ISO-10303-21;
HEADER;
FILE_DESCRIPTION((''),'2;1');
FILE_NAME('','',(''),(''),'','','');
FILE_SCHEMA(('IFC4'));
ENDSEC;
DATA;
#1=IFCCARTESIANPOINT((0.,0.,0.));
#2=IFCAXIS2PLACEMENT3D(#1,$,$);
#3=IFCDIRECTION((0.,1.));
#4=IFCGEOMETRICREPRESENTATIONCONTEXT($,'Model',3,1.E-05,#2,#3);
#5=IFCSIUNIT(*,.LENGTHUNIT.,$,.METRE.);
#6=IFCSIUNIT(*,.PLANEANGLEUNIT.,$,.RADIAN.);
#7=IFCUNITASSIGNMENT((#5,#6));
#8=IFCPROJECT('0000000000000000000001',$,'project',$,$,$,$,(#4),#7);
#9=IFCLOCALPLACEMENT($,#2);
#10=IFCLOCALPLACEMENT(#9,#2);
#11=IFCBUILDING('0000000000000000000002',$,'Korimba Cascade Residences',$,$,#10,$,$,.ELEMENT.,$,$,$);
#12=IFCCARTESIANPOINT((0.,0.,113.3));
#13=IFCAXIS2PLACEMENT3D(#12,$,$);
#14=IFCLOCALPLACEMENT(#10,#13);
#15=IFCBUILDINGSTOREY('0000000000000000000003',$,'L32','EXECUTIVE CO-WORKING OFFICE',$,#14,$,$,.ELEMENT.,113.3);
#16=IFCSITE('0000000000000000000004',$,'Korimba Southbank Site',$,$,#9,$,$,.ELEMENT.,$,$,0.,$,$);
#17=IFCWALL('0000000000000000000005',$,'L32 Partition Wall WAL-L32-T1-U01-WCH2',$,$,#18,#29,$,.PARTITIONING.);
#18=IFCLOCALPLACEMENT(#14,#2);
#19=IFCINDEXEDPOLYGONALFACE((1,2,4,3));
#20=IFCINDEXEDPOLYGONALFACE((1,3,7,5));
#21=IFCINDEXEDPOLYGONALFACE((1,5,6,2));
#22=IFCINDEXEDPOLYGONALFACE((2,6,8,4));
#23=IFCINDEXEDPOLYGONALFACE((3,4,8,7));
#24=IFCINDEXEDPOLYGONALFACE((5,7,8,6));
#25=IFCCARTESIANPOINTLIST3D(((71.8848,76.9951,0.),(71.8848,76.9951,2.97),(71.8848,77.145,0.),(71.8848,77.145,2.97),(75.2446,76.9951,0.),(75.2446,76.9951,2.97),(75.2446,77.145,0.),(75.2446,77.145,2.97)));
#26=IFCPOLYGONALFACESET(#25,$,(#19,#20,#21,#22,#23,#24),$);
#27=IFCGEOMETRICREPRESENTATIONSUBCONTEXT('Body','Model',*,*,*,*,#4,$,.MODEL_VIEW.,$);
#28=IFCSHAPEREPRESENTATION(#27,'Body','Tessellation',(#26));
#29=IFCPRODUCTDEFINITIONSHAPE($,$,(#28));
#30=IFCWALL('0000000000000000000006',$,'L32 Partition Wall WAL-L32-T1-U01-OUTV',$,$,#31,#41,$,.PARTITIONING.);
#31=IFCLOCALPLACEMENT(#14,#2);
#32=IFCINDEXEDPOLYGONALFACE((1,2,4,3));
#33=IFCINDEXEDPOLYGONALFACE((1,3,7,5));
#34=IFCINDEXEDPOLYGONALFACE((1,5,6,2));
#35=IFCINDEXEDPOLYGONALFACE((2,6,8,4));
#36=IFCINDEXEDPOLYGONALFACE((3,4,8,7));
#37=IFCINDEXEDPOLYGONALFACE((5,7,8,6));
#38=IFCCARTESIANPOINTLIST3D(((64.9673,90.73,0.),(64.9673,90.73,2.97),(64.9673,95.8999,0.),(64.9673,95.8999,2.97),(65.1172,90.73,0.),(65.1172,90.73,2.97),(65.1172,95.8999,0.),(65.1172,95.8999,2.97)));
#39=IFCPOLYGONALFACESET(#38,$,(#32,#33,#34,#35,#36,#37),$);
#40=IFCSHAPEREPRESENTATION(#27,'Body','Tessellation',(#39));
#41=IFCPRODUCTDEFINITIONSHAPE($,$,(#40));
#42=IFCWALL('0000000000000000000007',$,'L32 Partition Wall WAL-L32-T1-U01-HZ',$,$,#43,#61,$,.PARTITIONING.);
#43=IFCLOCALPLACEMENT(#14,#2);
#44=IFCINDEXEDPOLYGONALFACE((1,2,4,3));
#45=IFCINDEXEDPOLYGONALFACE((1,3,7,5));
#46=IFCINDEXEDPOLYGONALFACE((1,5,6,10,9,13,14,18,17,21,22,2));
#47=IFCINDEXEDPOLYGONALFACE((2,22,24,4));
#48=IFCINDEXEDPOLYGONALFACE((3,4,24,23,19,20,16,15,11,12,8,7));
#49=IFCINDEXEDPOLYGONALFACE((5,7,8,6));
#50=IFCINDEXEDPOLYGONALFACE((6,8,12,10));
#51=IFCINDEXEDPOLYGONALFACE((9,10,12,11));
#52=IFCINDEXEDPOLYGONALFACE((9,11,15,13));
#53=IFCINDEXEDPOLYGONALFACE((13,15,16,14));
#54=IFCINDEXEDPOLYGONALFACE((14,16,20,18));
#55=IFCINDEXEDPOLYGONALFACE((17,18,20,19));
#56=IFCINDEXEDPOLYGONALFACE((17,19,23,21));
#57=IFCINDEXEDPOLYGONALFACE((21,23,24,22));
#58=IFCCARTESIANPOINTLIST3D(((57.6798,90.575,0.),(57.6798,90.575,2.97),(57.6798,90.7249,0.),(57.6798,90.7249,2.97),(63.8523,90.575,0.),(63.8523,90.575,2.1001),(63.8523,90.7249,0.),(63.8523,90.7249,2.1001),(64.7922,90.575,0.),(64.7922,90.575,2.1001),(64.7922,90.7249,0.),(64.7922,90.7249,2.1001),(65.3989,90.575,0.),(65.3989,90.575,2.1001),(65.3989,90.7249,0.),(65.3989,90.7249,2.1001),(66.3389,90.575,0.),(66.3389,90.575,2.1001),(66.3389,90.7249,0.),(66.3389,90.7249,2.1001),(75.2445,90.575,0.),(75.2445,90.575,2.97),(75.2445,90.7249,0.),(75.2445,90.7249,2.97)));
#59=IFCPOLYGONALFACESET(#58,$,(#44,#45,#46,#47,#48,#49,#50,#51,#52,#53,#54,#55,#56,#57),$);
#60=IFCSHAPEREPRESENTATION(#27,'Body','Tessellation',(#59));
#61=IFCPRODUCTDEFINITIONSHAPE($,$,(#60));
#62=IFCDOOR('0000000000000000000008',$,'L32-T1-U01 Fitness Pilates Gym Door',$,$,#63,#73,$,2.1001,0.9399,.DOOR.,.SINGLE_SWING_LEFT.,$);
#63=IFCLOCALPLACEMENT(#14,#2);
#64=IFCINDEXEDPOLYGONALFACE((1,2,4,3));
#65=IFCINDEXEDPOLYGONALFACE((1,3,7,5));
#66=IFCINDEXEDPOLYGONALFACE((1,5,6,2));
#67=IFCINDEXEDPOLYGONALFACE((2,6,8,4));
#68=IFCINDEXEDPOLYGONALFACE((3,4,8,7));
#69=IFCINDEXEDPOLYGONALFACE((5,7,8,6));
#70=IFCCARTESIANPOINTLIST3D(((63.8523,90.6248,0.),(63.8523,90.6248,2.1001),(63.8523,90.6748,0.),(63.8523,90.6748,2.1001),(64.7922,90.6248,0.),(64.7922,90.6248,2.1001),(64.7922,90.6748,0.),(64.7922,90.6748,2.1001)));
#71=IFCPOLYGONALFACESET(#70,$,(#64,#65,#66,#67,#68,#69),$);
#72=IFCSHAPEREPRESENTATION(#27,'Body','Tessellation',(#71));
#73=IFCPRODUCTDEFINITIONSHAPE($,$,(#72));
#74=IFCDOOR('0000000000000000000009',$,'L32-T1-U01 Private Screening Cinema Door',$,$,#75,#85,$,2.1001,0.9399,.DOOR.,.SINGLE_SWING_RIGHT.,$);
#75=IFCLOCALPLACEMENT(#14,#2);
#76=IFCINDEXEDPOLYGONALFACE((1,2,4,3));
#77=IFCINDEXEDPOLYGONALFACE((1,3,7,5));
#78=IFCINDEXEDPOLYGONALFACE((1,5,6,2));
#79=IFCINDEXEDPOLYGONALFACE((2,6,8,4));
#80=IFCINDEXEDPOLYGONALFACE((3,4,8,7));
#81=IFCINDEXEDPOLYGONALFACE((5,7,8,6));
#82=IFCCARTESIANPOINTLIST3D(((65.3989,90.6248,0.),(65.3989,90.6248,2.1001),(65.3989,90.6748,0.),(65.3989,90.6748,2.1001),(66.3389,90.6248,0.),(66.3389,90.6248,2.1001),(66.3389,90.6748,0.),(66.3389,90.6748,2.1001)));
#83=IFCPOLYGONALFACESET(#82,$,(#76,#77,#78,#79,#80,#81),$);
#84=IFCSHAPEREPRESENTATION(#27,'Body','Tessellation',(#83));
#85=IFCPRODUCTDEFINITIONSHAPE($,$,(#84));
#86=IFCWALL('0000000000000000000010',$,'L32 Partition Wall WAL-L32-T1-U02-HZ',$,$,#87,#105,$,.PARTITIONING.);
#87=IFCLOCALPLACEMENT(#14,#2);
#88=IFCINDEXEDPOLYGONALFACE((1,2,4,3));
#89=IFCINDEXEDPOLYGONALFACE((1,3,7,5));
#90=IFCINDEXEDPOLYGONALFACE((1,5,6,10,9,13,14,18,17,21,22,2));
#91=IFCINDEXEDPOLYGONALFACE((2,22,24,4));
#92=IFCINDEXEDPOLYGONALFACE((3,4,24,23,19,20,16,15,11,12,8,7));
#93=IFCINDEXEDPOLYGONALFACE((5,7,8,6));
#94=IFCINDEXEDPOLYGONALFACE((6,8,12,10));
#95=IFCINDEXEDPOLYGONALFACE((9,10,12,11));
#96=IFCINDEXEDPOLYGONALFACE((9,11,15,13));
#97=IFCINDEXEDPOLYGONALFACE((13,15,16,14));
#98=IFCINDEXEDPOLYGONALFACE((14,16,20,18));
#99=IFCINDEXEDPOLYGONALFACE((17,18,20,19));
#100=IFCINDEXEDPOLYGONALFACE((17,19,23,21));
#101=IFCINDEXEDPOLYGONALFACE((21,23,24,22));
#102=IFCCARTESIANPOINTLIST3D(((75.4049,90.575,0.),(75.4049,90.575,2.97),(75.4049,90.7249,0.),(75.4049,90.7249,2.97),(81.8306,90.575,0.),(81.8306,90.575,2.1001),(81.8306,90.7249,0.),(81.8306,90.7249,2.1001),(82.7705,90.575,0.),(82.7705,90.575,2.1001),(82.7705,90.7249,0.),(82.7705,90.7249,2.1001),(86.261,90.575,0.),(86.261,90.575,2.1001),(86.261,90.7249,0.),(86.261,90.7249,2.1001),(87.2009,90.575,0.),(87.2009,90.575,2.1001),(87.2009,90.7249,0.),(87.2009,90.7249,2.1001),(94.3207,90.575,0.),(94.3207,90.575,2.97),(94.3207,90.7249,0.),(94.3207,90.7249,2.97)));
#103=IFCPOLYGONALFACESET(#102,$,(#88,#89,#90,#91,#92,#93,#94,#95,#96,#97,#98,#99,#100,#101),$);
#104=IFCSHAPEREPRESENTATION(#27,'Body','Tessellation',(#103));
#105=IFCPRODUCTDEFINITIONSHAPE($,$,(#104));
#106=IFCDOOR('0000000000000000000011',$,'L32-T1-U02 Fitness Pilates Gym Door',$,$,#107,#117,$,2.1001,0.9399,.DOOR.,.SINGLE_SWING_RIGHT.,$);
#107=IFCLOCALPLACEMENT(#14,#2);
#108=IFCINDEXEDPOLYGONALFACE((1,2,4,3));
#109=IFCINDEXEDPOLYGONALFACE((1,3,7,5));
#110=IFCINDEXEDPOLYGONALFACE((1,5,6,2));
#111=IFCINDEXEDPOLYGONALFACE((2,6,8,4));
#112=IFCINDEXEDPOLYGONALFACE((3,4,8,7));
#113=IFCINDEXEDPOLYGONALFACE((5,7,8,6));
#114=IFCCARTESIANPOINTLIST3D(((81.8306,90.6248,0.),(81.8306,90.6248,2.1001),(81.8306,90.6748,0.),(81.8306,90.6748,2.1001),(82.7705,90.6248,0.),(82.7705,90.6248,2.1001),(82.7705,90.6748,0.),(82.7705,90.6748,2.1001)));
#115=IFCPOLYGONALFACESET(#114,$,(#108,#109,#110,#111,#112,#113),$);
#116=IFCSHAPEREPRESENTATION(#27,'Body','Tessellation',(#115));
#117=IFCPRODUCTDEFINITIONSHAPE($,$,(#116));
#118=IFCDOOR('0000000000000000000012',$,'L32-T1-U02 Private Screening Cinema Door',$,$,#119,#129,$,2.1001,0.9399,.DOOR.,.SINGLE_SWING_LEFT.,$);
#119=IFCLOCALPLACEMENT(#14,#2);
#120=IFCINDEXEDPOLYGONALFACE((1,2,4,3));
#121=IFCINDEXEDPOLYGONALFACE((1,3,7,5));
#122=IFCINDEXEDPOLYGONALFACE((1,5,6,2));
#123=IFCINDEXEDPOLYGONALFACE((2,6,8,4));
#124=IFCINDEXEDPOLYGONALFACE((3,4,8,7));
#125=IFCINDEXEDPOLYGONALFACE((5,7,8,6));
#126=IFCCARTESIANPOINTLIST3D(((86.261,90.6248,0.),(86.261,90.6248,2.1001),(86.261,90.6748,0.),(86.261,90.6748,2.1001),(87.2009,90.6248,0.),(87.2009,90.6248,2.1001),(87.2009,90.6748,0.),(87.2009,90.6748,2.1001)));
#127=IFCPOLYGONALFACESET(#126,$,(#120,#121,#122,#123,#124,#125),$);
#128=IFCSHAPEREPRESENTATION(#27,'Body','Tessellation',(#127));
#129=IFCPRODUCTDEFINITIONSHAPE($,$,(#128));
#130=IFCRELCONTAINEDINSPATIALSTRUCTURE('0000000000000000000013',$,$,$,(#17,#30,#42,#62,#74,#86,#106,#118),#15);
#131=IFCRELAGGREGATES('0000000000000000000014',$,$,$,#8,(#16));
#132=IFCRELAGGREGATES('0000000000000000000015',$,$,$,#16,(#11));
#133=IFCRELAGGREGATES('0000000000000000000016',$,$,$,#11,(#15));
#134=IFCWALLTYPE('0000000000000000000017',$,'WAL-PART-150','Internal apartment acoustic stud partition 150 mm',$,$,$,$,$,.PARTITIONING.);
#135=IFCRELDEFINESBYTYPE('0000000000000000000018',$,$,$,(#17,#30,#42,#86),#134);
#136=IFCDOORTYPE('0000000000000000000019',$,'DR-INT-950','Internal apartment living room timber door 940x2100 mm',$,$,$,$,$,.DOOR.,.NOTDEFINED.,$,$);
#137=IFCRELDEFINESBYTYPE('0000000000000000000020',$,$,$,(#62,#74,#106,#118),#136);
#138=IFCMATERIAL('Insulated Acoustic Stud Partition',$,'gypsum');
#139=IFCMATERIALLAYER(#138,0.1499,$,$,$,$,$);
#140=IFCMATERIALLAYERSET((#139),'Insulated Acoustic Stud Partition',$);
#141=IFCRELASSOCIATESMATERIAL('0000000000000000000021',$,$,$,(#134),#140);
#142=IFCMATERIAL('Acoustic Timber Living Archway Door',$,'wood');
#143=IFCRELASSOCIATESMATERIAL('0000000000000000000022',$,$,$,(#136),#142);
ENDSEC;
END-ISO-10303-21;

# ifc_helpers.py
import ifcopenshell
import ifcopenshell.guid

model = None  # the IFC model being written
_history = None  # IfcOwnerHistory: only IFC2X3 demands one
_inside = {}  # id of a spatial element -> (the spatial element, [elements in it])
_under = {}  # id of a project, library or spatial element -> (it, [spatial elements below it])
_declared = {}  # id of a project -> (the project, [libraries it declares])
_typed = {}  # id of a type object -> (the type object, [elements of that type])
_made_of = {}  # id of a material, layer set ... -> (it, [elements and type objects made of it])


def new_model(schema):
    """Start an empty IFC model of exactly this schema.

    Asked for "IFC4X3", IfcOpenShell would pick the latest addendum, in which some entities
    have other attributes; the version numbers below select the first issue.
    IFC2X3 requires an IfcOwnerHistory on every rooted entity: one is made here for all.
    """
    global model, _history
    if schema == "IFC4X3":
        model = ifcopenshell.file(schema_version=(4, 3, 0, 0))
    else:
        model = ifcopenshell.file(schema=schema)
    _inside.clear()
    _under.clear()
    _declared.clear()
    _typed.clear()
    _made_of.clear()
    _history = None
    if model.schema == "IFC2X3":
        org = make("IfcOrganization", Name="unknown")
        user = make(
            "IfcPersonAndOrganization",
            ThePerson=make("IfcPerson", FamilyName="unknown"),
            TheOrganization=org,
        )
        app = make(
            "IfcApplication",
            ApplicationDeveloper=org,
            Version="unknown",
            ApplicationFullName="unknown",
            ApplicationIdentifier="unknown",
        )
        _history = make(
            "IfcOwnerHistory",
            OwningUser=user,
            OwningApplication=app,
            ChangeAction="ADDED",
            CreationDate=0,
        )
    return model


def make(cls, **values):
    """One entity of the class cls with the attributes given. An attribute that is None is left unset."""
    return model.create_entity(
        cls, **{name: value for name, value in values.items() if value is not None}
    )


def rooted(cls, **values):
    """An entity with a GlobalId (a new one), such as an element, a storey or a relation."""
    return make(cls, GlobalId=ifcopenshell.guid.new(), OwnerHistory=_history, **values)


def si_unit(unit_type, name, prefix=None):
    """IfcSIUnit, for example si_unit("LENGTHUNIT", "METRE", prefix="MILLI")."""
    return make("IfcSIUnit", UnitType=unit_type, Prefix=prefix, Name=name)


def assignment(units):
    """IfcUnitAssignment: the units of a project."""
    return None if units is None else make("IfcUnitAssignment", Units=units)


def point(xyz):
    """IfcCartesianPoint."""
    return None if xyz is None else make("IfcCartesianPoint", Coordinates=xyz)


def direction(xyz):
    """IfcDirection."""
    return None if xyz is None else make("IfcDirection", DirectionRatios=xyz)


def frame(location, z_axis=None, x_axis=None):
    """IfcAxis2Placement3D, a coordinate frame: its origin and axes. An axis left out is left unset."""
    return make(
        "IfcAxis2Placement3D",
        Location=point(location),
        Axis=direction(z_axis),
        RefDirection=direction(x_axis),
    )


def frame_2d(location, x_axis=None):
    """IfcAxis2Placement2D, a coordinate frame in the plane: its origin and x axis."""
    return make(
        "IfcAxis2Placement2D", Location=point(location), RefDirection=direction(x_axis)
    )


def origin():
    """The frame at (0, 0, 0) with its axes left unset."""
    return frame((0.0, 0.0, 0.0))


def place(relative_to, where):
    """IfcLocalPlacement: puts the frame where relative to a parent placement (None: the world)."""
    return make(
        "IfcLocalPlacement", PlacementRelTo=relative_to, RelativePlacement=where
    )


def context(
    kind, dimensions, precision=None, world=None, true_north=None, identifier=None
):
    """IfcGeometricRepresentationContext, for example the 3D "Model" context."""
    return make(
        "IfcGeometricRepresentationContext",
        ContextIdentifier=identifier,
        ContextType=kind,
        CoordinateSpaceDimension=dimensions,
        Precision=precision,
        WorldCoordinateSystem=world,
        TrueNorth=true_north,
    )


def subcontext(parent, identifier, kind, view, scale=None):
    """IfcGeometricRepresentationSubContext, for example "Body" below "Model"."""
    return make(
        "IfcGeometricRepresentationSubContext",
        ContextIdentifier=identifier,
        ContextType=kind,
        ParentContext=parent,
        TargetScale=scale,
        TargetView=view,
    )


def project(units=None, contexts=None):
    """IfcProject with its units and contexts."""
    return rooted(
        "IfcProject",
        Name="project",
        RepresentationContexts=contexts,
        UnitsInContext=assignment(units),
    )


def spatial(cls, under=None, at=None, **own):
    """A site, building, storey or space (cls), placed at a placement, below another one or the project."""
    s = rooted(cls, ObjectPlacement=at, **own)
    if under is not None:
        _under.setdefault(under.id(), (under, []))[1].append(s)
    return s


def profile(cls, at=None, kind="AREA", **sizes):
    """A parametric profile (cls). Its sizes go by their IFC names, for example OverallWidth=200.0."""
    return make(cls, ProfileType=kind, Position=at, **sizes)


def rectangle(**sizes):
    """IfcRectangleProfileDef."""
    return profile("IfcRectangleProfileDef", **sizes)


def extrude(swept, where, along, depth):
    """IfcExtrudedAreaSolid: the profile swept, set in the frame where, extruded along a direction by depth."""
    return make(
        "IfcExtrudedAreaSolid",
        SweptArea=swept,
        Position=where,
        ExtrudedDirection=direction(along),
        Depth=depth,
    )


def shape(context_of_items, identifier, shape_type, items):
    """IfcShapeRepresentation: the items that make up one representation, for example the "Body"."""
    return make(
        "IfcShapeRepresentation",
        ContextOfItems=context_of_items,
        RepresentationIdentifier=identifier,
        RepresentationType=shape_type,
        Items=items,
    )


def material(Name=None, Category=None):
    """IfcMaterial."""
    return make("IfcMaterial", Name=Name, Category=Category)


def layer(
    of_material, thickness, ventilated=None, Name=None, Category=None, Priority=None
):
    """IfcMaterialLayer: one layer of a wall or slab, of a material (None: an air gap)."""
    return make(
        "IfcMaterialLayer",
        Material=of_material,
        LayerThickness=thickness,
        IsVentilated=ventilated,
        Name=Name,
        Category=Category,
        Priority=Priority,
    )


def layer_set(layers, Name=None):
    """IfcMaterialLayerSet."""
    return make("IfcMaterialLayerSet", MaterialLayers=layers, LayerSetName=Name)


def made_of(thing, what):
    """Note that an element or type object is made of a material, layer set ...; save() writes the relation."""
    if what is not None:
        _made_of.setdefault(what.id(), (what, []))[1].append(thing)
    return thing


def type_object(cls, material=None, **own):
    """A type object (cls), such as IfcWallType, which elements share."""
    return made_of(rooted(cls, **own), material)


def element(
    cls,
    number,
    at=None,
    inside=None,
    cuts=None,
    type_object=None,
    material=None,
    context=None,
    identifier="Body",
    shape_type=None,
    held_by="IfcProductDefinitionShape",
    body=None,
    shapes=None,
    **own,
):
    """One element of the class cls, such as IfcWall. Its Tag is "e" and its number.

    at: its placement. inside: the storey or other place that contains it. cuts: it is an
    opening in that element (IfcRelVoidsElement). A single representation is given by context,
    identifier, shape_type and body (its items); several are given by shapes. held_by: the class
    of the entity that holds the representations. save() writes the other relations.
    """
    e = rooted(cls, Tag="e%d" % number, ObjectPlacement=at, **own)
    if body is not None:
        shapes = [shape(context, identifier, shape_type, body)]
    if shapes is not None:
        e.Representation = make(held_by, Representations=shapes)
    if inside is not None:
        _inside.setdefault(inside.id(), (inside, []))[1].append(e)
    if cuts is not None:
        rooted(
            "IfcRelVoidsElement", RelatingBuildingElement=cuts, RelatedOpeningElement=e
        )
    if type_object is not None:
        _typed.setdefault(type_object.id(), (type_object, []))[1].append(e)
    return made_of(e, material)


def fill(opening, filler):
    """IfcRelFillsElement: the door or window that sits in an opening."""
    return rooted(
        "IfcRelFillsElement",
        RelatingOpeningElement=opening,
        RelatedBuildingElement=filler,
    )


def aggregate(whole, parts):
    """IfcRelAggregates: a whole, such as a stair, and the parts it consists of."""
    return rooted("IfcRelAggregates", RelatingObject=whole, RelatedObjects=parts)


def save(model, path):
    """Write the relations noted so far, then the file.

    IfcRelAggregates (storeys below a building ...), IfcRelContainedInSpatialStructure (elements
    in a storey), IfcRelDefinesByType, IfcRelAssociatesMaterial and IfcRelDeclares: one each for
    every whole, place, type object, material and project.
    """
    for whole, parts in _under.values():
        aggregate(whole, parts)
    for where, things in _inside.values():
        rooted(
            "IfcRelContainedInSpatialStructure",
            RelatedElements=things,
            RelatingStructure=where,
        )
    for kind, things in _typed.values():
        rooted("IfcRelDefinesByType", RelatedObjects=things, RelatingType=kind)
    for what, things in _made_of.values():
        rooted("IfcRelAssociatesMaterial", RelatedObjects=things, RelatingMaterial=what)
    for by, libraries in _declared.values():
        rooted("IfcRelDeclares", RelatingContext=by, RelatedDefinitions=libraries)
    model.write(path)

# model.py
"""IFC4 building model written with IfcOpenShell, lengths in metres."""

from ifc_helpers import new_model, si_unit, direction, frame, frame_2d, origin, place, context, subcontext, project, spatial, rectangle, extrude, material, layer, layer_set, type_object, element, fill, save


model = new_model("IFC4")

# Units and contexts
model_context = context("Model", 3, precision=1e-05, world=origin(), true_north=direction((0.0, 1.0)))
body_context = subcontext(model_context, "Body", "Model", "MODEL_VIEW")
ifc_project = project(units=[si_unit("LENGTHUNIT", "METRE"), si_unit("PLANEANGLEUNIT", "RADIAN")], contexts=[model_context])

# Site, building, storey
site_placement = place(None, origin())
site = spatial("IfcSite", under=ifc_project, at=site_placement, Name="Korimba Southbank Site", CompositionType="ELEMENT", RefElevation=0.0)
building_placement = place(site_placement, origin())
building = spatial("IfcBuilding", under=site, at=building_placement, Name="Korimba Cascade Residences", CompositionType="ELEMENT")
storey_placement = place(building_placement, frame((0.0, 0.0, 113.3)))
storey = spatial("IfcBuildingStorey", under=building, at=storey_placement, Name="L32", Description="EXECUTIVE CO-WORKING OFFICE", CompositionType="ELEMENT", Elevation=113.3)

# Walls
ifc_material_1 = material(Name="Insulated Acoustic Stud Partition", Category="gypsum")
ifc_layer_1 = layer(ifc_material_1, 0.1499)
ifc_layer_set_1 = layer_set([ifc_layer_1], Name="Insulated Acoustic Stud Partition")
wall_type_1 = type_object("IfcWallType", Name="WAL-PART-150", Description="Internal apartment acoustic stud partition 150 mm", PredefinedType="PARTITIONING", material=ifc_layer_set_1)
for number, where, z_axis, x_axis, name in (
    (1, (71.8848, 77.0701, 0.0), (0.0, 0.0, 1.0), (1.0, 0.0, 0.0), "L32 Partition Wall WAL-L32-T1-U01-WCH2"),
):
    element("IfcWall", number, at=place(storey_placement, frame(where, z_axis=z_axis, x_axis=x_axis)), inside=storey, type_object=wall_type_1, Name=name, PredefinedType="PARTITIONING", context=body_context, shape_type="SweptSolid", body=[
        extrude(rectangle(XDim=3.3599, YDim=0.1499, at=frame_2d((1.6799, 0.0))), origin(), (0.0, 0.0, 1.0), 2.97),
    ])
wall_1_placement = place(storey_placement, frame((65.0422, 90.73, 0.0), z_axis=(0.0, 0.0, 1.0), x_axis=(0.0, 1.0, 0.0)))
element("IfcWall", 2, at=wall_1_placement, inside=storey, type_object=wall_type_1, Name="L32 Partition Wall WAL-L32-T1-U01-OUTV", PredefinedType="PARTITIONING", context=body_context, shape_type="SweptSolid", body=[
    extrude(rectangle(XDim=5.1699, YDim=0.1499, at=frame_2d((2.585, 0.0))), origin(), (0.0, 0.0, 1.0), 2.97),
])

# Walls, openings, doors
wall_2_placement = place(storey_placement, frame((57.6799, 90.6499, 0.0), z_axis=(0.0, 0.0, 1.0), x_axis=(1.0, 0.0, 0.0)))
wall_2 = element("IfcWall", 3, at=wall_2_placement, inside=storey, type_object=wall_type_1, Name="L32 Partition Wall WAL-L32-T1-U01-HZ", PredefinedType="PARTITIONING", context=body_context, shape_type="SweptSolid", body=[
    extrude(rectangle(XDim=17.5647, YDim=0.1499, at=frame_2d((8.7822, 0.0))), origin(), (0.0, 0.0, 1.0), 2.97),
])
opening_1_placement = place(wall_2_placement, frame((6.1724, 0.0, 0.0)))
opening_1 = element("IfcOpeningElement", 4, at=opening_1_placement, cuts=wall_2, PredefinedType="OPENING", context=body_context, shape_type="SweptSolid", body=[
    extrude(rectangle(XDim=0.9399, YDim=2.1001, at=frame_2d((0.47, 1.05))), frame((0.0, 0.085, 0.0), z_axis=(0.0, -1.0, 0.0), x_axis=(1.0, 0.0, 0.0)), (0.0, 0.0, 1.0), 0.1699),
])
opening_2_placement = place(wall_2_placement, frame((7.719, 0.0, 0.0)))
opening_2 = element("IfcOpeningElement", 5, at=opening_2_placement, cuts=wall_2, PredefinedType="OPENING", context=body_context, shape_type="SweptSolid", body=[
    extrude(rectangle(XDim=0.9399, YDim=2.1001, at=frame_2d((0.47, 1.05))), frame((0.0, 0.085, 0.0), z_axis=(0.0, -1.0, 0.0), x_axis=(1.0, 0.0, 0.0)), (0.0, 0.0, 1.0), 0.1699),
])
ifc_material_2 = material(Name="Acoustic Timber Living Archway Door", Category="wood")
door_type = type_object("IfcDoorType", Name="DR-INT-950", Description="Internal apartment living room timber door 940x2100 mm", OperationType="NOTDEFINED", PredefinedType="DOOR", material=ifc_material_2)
door_1_placement = place(opening_1_placement, origin())
door_1 = element("IfcDoor", 6, at=door_1_placement, inside=storey, type_object=door_type, Name="L32-T1-U01 Fitness Pilates Gym Door", OperationType="SINGLE_SWING_LEFT", OverallHeight=2.1001, OverallWidth=0.9399, PredefinedType="DOOR", context=body_context, shape_type="SweptSolid", body=[
    extrude(rectangle(XDim=0.9399, YDim=2.1001, at=frame_2d((0.47, 1.05))), frame((0.0, 0.0249, 0.0), z_axis=(0.0, -1.0, 0.0), x_axis=(1.0, 0.0, 0.0)), (0.0, 0.0, 1.0), 0.05),
])
fill(opening_1, door_1)
door_2_placement = place(opening_2_placement, origin())
door_2 = element("IfcDoor", 7, at=door_2_placement, inside=storey, type_object=door_type, Name="L32-T1-U01 Private Screening Cinema Door", OperationType="SINGLE_SWING_RIGHT", OverallHeight=2.1001, OverallWidth=0.9399, PredefinedType="DOOR", context=body_context, shape_type="SweptSolid", body=[
    extrude(rectangle(XDim=0.9399, YDim=2.1001, at=frame_2d((0.47, 1.05))), frame((0.0, 0.0249, 0.0), z_axis=(0.0, -1.0, 0.0), x_axis=(1.0, 0.0, 0.0)), (0.0, 0.0, 1.0), 0.05),
])
fill(opening_2, door_2)
wall_3_placement = place(storey_placement, frame((75.4048, 90.6499, 0.0), z_axis=(0.0, 0.0, 1.0), x_axis=(1.0, 0.0, 0.0)))
wall_3 = element("IfcWall", 8, at=wall_3_placement, inside=storey, type_object=wall_type_1, Name="L32 Partition Wall WAL-L32-T1-U02-HZ", PredefinedType="PARTITIONING", context=body_context, shape_type="SweptSolid", body=[
    extrude(rectangle(XDim=18.9158, YDim=0.1499, at=frame_2d((9.458, 0.0))), origin(), (0.0, 0.0, 1.0), 2.97),
])
opening_3_placement = place(wall_3_placement, frame((6.4258, 0.0, 0.0)))
opening_3 = element("IfcOpeningElement", 9, at=opening_3_placement, cuts=wall_3, PredefinedType="OPENING", context=body_context, shape_type="SweptSolid", body=[
    extrude(rectangle(XDim=0.9399, YDim=2.1001, at=frame_2d((0.47, 1.05))), frame((0.0, 0.085, 0.0), z_axis=(0.0, -1.0, 0.0), x_axis=(1.0, 0.0, 0.0)), (0.0, 0.0, 1.0), 0.1699),
])
opening_4_placement = place(wall_3_placement, frame((10.8562, 0.0, 0.0)))
opening_4 = element("IfcOpeningElement", 10, at=opening_4_placement, cuts=wall_3, PredefinedType="OPENING", context=body_context, shape_type="SweptSolid", body=[
    extrude(rectangle(XDim=0.9399, YDim=2.1001, at=frame_2d((0.47, 1.05))), frame((0.0, 0.085, 0.0), z_axis=(0.0, -1.0, 0.0), x_axis=(1.0, 0.0, 0.0)), (0.0, 0.0, 1.0), 0.1699),
])
door_3_placement = place(opening_3_placement, origin())
door_3 = element("IfcDoor", 11, at=door_3_placement, inside=storey, type_object=door_type, Name="L32-T1-U02 Fitness Pilates Gym Door", OperationType="SINGLE_SWING_RIGHT", OverallHeight=2.1001, OverallWidth=0.9399, PredefinedType="DOOR", context=body_context, shape_type="SweptSolid", body=[
    extrude(rectangle(XDim=0.9399, YDim=2.1001, at=frame_2d((0.47, 1.05))), frame((0.0, 0.0249, 0.0), z_axis=(0.0, -1.0, 0.0), x_axis=(1.0, 0.0, 0.0)), (0.0, 0.0, 1.0), 0.05),
])
fill(opening_3, door_3)
door_4_placement = place(opening_4_placement, origin())
door_4 = element("IfcDoor", 12, at=door_4_placement, inside=storey, type_object=door_type, Name="L32-T1-U02 Private Screening Cinema Door", OperationType="SINGLE_SWING_LEFT", OverallHeight=2.1001, OverallWidth=0.9399, PredefinedType="DOOR", context=body_context, shape_type="SweptSolid", body=[
    extrude(rectangle(XDim=0.9399, YDim=2.1001, at=frame_2d((0.47, 1.05))), frame((0.0, 0.0249, 0.0), z_axis=(0.0, -1.0, 0.0), x_axis=(1.0, 0.0, 0.0)), (0.0, 0.0, 1.0), 0.05),
])
fill(opening_4, door_4)

save(model, "model.ifc")
